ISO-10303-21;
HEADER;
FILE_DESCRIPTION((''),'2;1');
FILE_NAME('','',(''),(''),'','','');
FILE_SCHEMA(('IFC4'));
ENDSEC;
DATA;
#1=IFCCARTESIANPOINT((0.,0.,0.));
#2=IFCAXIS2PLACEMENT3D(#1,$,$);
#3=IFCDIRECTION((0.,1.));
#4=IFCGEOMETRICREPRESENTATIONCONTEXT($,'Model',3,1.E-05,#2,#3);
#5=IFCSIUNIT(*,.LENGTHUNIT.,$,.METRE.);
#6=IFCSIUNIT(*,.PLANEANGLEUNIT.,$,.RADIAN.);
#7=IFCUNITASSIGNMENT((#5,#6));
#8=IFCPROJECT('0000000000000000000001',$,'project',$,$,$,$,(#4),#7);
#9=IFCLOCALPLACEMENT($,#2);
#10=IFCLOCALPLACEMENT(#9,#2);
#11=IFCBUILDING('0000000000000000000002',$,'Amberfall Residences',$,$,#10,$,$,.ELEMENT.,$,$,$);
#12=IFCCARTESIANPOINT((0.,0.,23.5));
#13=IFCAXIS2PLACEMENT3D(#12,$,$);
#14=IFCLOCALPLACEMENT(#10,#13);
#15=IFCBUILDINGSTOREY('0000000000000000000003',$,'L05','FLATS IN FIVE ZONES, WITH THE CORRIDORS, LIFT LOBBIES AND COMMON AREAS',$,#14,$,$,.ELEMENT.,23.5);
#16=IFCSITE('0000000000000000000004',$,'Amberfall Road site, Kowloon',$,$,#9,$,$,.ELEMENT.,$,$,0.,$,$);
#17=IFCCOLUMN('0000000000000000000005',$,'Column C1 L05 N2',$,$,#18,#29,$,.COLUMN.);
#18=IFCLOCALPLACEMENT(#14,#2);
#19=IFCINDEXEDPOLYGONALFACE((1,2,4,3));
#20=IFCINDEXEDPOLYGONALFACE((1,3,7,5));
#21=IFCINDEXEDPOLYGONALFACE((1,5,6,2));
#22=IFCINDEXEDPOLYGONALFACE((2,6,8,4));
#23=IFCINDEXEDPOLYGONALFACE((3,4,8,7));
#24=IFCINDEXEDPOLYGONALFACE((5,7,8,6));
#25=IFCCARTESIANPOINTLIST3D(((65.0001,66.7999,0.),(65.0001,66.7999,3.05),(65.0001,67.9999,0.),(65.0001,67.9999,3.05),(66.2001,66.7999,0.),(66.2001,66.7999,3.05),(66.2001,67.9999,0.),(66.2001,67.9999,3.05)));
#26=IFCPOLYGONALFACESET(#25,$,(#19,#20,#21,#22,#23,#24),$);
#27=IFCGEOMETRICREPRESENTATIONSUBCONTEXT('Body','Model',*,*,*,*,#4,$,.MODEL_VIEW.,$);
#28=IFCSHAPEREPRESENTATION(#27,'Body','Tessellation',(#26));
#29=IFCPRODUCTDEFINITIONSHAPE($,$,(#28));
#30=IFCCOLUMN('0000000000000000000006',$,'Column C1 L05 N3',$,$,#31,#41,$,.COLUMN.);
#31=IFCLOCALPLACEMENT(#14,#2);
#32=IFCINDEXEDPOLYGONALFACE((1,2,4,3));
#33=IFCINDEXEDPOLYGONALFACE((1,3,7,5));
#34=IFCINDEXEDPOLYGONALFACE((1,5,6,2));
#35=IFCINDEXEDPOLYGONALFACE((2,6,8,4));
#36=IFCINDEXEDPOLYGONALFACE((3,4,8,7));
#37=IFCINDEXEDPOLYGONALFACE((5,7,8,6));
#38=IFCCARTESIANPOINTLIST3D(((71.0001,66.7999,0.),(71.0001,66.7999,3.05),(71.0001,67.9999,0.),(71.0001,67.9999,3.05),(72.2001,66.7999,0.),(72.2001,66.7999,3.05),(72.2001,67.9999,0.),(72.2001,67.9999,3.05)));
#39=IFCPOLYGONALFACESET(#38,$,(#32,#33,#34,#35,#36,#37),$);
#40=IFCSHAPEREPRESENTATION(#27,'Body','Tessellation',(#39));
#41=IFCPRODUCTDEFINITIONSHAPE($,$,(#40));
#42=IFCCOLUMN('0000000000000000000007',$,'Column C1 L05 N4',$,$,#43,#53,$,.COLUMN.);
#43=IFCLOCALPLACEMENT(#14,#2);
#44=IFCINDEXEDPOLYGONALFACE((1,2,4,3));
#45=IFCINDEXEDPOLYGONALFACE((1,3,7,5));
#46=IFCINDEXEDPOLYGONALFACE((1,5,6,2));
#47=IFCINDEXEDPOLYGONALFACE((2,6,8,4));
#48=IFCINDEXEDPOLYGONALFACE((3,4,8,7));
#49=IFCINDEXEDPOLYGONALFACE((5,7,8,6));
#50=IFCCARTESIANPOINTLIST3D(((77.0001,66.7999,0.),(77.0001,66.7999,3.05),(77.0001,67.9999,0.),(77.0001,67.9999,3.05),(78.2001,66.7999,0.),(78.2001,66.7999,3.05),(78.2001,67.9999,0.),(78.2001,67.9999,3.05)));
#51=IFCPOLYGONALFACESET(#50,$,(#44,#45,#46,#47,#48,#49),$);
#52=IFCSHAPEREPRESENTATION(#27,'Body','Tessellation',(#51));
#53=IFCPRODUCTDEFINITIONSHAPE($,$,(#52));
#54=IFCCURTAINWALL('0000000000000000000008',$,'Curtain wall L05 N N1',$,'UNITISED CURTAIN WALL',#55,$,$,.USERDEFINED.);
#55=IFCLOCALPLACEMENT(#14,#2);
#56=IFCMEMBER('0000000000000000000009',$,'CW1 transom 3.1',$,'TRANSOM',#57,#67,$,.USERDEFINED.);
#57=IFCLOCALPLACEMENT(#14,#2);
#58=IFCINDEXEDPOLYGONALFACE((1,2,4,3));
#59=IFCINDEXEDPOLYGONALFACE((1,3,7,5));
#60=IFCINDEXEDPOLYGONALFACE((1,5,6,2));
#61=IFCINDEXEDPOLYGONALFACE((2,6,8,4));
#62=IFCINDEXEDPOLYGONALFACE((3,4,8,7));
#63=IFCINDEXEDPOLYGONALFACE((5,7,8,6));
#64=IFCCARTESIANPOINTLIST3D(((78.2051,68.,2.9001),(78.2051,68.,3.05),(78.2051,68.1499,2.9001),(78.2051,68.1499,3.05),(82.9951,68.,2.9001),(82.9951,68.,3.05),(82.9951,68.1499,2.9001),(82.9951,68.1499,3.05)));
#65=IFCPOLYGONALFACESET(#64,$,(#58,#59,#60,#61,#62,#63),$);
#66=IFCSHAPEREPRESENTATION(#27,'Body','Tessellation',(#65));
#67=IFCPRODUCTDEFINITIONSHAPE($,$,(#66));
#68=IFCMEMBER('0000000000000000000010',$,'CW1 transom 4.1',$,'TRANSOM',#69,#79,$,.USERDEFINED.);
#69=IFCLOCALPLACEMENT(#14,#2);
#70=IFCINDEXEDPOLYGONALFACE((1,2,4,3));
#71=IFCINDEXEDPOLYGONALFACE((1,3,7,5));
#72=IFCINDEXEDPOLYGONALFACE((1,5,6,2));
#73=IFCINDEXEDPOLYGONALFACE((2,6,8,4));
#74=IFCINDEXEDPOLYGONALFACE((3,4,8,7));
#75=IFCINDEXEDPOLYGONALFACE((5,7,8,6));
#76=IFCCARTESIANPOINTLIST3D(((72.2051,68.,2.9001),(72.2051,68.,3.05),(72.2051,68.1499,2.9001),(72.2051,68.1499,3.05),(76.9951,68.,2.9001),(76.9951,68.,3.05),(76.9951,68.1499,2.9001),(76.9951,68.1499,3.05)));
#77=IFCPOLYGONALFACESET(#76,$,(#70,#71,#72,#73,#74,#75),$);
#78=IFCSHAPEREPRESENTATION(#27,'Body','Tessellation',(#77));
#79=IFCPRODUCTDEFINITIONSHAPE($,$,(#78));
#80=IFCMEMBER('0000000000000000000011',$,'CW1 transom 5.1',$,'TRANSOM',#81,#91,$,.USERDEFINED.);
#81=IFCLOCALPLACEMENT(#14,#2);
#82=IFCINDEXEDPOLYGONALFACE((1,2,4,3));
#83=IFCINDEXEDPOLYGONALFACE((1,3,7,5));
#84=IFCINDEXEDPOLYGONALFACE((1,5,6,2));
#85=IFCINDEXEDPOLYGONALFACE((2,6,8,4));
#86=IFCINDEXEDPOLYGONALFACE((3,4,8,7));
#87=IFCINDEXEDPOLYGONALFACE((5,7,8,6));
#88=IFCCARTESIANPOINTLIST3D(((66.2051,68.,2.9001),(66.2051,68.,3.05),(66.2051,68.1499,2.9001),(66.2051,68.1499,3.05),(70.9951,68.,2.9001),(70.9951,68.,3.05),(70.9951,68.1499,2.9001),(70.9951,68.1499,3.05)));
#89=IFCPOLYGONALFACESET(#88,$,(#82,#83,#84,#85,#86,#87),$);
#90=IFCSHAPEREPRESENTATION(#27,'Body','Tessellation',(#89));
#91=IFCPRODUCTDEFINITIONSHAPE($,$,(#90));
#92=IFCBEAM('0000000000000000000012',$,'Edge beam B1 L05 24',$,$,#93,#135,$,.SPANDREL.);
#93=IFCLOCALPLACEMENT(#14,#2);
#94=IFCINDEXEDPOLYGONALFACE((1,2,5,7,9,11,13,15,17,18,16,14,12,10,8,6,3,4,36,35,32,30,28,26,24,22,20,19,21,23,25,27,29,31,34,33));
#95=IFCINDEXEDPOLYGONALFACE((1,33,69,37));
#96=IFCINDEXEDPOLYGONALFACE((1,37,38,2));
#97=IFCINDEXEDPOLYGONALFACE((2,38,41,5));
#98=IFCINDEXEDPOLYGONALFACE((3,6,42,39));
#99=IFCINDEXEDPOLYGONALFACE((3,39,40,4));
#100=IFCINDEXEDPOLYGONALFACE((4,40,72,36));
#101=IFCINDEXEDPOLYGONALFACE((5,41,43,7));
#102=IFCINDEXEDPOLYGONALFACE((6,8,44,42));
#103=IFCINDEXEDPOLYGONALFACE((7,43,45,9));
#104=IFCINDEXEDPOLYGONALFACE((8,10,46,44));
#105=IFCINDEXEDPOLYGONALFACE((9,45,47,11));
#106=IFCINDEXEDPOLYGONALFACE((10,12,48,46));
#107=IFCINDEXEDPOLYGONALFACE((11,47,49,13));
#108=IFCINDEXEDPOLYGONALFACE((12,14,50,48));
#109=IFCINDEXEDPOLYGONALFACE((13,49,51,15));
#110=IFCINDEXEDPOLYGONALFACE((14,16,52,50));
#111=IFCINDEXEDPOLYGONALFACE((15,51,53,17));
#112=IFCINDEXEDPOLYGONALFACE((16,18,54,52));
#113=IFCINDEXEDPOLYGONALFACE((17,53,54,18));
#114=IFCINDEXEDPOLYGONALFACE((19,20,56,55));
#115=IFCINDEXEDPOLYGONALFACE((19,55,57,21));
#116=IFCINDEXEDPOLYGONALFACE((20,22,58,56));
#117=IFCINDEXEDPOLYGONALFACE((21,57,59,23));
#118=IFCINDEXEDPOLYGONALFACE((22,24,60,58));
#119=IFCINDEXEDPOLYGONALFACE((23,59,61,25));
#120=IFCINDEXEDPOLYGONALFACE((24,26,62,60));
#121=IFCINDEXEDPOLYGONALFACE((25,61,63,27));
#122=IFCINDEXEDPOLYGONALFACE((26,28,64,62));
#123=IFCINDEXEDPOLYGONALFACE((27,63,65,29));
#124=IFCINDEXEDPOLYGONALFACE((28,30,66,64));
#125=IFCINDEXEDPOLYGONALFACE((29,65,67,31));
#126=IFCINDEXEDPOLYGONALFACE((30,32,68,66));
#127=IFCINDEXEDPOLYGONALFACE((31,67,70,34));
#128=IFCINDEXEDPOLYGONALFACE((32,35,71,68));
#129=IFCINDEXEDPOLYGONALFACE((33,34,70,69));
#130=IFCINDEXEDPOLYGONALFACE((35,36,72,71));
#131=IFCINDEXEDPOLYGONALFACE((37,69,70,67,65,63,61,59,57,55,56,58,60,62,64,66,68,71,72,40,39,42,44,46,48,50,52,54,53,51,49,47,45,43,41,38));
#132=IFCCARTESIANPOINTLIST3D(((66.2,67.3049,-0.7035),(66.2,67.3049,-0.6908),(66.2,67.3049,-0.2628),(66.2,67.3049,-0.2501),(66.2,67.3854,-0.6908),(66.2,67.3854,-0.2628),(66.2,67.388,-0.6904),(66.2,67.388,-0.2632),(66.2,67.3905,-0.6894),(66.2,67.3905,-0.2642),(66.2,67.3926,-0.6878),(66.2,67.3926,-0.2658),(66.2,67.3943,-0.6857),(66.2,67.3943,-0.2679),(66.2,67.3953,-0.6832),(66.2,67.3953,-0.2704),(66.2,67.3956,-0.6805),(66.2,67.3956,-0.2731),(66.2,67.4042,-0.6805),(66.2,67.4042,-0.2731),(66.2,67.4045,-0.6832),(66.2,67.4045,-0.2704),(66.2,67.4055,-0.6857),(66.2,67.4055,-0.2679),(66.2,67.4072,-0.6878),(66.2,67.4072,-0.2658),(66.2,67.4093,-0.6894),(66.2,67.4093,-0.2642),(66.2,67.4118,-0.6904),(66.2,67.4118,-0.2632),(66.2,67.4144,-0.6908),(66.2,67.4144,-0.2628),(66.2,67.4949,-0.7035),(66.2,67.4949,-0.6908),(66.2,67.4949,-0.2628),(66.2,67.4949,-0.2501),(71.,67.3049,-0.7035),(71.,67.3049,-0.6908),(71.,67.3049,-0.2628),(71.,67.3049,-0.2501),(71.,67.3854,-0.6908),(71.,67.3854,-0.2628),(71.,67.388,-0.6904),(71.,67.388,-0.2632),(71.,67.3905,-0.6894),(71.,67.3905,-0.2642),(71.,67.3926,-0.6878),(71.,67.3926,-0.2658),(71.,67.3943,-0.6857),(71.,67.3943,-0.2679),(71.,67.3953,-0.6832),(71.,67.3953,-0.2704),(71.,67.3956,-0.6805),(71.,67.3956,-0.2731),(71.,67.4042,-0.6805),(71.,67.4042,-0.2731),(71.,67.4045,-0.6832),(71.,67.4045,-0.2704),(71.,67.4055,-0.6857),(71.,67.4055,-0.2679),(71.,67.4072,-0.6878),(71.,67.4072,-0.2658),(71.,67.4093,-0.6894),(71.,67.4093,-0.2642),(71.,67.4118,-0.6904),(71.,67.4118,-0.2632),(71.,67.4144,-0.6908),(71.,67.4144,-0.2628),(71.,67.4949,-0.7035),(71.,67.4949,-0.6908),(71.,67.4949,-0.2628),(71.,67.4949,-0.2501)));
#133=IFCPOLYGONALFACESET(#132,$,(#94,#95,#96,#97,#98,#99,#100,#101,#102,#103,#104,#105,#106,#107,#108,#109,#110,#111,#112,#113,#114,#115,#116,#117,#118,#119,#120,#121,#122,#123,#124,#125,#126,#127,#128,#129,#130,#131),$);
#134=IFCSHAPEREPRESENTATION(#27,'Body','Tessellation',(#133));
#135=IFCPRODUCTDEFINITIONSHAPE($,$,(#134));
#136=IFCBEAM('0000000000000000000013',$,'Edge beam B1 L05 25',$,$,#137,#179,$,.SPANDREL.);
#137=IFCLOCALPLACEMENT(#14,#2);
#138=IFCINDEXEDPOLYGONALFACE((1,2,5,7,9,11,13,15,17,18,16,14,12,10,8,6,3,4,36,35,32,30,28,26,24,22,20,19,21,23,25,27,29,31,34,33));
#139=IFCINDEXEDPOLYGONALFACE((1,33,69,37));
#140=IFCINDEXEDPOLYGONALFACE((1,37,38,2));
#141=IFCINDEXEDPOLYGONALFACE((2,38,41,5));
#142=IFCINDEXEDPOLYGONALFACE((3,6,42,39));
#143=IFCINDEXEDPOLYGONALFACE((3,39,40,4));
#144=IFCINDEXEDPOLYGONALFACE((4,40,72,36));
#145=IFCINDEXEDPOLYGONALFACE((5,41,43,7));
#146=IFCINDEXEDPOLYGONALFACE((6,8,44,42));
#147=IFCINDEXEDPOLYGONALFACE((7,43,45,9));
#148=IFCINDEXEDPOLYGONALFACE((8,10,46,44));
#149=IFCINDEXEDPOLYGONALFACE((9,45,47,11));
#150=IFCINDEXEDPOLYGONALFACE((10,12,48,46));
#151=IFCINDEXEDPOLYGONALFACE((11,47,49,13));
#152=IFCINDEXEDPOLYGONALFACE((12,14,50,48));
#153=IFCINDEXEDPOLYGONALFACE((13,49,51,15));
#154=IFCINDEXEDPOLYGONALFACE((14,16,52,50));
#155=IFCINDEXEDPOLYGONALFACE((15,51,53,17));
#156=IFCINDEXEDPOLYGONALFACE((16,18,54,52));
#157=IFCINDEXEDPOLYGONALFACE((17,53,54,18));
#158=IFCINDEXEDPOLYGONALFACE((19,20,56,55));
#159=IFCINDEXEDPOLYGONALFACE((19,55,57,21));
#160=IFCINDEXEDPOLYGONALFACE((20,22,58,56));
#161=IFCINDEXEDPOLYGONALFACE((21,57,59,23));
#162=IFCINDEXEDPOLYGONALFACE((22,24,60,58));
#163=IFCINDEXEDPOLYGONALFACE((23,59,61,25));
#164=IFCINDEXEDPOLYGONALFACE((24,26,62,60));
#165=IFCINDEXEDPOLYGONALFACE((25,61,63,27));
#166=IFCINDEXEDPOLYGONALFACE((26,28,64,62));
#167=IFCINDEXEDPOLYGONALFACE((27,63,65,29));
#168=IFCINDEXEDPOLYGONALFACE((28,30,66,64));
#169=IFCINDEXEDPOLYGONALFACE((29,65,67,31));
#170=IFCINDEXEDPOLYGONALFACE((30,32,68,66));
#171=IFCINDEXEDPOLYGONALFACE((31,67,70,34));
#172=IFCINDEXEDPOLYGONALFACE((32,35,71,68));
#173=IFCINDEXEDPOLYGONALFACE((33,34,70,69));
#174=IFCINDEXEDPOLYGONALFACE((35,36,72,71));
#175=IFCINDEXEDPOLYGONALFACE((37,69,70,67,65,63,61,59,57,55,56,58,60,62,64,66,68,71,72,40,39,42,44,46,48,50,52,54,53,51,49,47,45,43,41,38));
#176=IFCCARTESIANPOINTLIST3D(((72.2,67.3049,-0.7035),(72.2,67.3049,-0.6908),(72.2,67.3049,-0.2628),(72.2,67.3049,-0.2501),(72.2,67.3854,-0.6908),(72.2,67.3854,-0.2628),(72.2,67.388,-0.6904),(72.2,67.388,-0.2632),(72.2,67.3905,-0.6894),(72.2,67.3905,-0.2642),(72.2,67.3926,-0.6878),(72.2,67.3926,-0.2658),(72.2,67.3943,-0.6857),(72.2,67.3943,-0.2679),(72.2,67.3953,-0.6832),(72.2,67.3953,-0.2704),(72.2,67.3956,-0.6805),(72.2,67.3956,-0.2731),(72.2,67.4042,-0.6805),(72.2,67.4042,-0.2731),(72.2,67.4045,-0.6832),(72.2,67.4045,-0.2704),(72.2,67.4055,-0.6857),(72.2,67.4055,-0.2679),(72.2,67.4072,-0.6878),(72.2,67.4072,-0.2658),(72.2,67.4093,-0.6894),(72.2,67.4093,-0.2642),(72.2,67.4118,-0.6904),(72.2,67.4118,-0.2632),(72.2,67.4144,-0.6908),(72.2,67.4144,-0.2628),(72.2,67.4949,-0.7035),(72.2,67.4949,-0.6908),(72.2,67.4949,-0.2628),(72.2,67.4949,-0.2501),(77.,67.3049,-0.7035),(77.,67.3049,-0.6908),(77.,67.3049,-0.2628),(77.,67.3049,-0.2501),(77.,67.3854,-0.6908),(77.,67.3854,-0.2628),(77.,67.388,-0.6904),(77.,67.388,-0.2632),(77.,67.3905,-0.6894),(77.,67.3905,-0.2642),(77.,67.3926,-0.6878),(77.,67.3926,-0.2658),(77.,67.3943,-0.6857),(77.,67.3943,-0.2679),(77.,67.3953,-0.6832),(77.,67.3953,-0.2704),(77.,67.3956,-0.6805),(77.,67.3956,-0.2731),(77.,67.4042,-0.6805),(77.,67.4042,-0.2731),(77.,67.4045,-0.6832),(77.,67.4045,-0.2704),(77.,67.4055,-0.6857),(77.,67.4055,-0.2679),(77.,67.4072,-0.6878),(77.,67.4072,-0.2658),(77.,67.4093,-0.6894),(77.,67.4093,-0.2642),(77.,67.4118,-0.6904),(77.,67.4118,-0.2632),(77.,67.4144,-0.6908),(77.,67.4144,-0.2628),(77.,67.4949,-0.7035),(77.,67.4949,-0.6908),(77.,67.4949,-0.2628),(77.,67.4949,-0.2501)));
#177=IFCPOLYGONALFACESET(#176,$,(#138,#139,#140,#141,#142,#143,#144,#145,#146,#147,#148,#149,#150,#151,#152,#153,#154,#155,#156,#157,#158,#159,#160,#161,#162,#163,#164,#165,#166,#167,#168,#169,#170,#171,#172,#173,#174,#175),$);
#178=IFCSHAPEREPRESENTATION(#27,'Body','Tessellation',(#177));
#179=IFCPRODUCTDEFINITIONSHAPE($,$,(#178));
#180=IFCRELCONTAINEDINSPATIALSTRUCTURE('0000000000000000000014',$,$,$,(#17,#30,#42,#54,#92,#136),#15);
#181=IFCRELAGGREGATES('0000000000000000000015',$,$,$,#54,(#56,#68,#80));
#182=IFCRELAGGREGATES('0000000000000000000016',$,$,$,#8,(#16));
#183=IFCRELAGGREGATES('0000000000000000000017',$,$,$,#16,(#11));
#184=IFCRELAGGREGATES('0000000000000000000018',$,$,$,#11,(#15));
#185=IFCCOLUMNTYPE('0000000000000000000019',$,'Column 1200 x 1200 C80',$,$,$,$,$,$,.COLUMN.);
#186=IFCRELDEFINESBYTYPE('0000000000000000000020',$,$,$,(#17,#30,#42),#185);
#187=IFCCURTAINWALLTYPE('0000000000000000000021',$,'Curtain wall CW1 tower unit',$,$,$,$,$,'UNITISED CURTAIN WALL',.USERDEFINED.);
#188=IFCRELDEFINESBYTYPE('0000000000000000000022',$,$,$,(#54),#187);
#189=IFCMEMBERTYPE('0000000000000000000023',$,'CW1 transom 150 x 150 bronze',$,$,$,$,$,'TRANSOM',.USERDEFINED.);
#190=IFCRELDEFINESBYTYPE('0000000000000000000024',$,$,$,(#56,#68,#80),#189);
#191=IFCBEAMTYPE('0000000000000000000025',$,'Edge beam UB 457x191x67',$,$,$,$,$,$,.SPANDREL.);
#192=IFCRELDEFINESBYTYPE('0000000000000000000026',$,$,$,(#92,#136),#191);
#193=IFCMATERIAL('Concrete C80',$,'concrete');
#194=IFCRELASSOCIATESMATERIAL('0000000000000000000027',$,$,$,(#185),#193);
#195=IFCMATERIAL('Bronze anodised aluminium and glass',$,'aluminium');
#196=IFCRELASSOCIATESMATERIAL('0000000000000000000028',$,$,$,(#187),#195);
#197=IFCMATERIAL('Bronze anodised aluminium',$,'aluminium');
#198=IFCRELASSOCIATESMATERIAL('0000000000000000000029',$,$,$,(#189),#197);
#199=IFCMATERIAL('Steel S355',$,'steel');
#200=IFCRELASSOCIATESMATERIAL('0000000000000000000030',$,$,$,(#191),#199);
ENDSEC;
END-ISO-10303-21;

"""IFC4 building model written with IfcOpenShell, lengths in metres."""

from ifc_helpers import new_model, si_unit, direction, frame, origin, origin_2d, place, context, subcontext, project, spatial, rectangle, i_section, extrude, material, material_profile, profile_set, type_object, element, aggregate, save


model = new_model("IFC4")

# Units and contexts
model_context = context("Model", 3, precision=1e-05, world=origin(), true_north=direction((0.0, 1.0)))
body_context = subcontext(model_context, "Body", "Model", "MODEL_VIEW")
ifc_project = project(units=[si_unit("LENGTHUNIT", "METRE"), si_unit("PLANEANGLEUNIT", "RADIAN")], contexts=[model_context])

# Site, building, storey
site_placement = place(None, origin())
site = spatial("IfcSite", under=ifc_project, at=site_placement, Name="Amberfall Road site, Kowloon", CompositionType="ELEMENT", RefElevation=0.0)
building_placement = place(site_placement, origin())
building = spatial("IfcBuilding", under=site, at=building_placement, Name="Amberfall Residences", CompositionType="ELEMENT")
storey_placement = place(building_placement, frame((0.0, 0.0, 23.5)))
storey = spatial("IfcBuildingStorey", under=building, at=storey_placement, Name="L05", Description="FLATS IN FIVE ZONES, WITH THE CORRIDORS, LIFT LOBBIES AND COMMON AREAS", CompositionType="ELEMENT", Elevation=23.5)

# Columns
ifc_material_1 = material(Name="Concrete C80", Category="concrete")
ifc_material_profile_1 = material_profile(ifc_material_1, rectangle(XDim=1.2, YDim=1.2, at=origin_2d()), Name="Column 1200 x 1200 C80")
ifc_profile_set_1 = profile_set([ifc_material_profile_1], Name="Concrete C80")
column_type = type_object("IfcColumnType", Name="Column 1200 x 1200 C80", PredefinedType="COLUMN", material=ifc_profile_set_1)
for number, where, z_axis, x_axis, name in (
    (1, (65.6001, 67.3999, 0.0), (0.0, 0.0, 1.0), (1.0, 0.0, 0.0), "Column C1 L05 N2"),
    (2, (71.6001, 67.3999, 0.0), (0.0, 0.0, 1.0), (1.0, 0.0, 0.0), "Column C1 L05 N3"),
    (3, (77.6001, 67.3999, 0.0), (0.0, 0.0, 1.0), (1.0, 0.0, 0.0), "Column C1 L05 N4"),
):
    element("IfcColumn", number, at=place(storey_placement, frame(where, z_axis=z_axis, x_axis=x_axis)), inside=storey, type_object=column_type, Name=name, PredefinedType="COLUMN", context=body_context, shape_type="SweptSolid", body=[
        extrude(rectangle(XDim=1.2, YDim=1.2, at=origin_2d()), origin(), (0.0, 0.0, 1.0), 3.05),
    ])

# Curtain wall, members
ifc_material_2 = material(Name="Bronze anodised aluminium and glass", Category="aluminium")
curtain_wall_type = type_object("IfcCurtainWallType", Name="Curtain wall CW1 tower unit", ElementType="UNITISED CURTAIN WALL", PredefinedType="USERDEFINED", material=ifc_material_2)
curtain_wall_placement = place(storey_placement, origin())
curtain_wall = element("IfcCurtainWall", 4, at=curtain_wall_placement, inside=storey, type_object=curtain_wall_type, Name="Curtain wall L05 N N1", ObjectType="UNITISED CURTAIN WALL", PredefinedType="USERDEFINED")
ifc_material_3 = material(Name="Bronze anodised aluminium", Category="aluminium")
ifc_material_profile_2 = material_profile(ifc_material_3, rectangle(XDim=0.1499, YDim=0.1499, at=origin_2d()), Name="CW1 transom 150 x 150 bronze")
ifc_profile_set_2 = profile_set([ifc_material_profile_2], Name="Bronze anodised aluminium")
member_type_1 = type_object("IfcMemberType", Name="CW1 transom 150 x 150 bronze", ElementType="TRANSOM", PredefinedType="USERDEFINED", material=ifc_profile_set_2)
member_1_placement = place(storey_placement, frame((82.9951, 68.075, 2.9751), z_axis=(-1.0, 0.0, 0.0), x_axis=(0.0, -1.0, 0.0)))
member_1 = element("IfcMember", 5, at=member_1_placement, type_object=member_type_1, Name="CW1 transom 3.1", ObjectType="TRANSOM", PredefinedType="USERDEFINED", context=body_context, shape_type="SweptSolid", body=[
    extrude(rectangle(XDim=0.1499, YDim=0.1499, at=origin_2d()), origin(), (0.0, 0.0, 1.0), 4.79),
])
member_2_placement = place(storey_placement, frame((76.9951, 68.075, 2.9751), z_axis=(-1.0, 0.0, 0.0), x_axis=(0.0, -1.0, 0.0)))
member_2 = element("IfcMember", 6, at=member_2_placement, type_object=member_type_1, Name="CW1 transom 4.1", ObjectType="TRANSOM", PredefinedType="USERDEFINED", context=body_context, shape_type="SweptSolid", body=[
    extrude(rectangle(XDim=0.1499, YDim=0.1499, at=origin_2d()), origin(), (0.0, 0.0, 1.0), 4.79),
])
member_3_placement = place(storey_placement, frame((70.9951, 68.075, 2.9751), z_axis=(-1.0, 0.0, 0.0), x_axis=(0.0, -1.0, 0.0)))
member_3 = element("IfcMember", 7, at=member_3_placement, type_object=member_type_1, Name="CW1 transom 5.1", ObjectType="TRANSOM", PredefinedType="USERDEFINED", context=body_context, shape_type="SweptSolid", body=[
    extrude(rectangle(XDim=0.1499, YDim=0.1499, at=origin_2d()), origin(), (0.0, 0.0, 1.0), 4.79),
])

# Beams
ifc_material_4 = material(Name="Steel S355", Category="steel")
ifc_material_profile_3 = material_profile(ifc_material_4, i_section(OverallWidth=0.1899, OverallDepth=0.4534, WebThickness=0.0085, FlangeThickness=0.0127, FilletRadius=0.0103, at=origin_2d()), Name="UB 457x191x67")
ifc_profile_set_3 = profile_set([ifc_material_profile_3], Name="Steel S355")
beam_type_1 = type_object("IfcBeamType", Name="Edge beam UB 457x191x67", PredefinedType="SPANDREL", material=ifc_profile_set_3)
for number, where, z_axis, x_axis, name in (
    (8, (66.2, 67.3999, -0.4768), (1.0, 0.0, 0.0), (0.0, 1.0, 0.0), "Edge beam B1 L05 24"),
    (9, (72.2, 67.3999, -0.4768), (1.0, 0.0, 0.0), (0.0, 1.0, 0.0), "Edge beam B1 L05 25"),
):
    element("IfcBeam", number, at=place(storey_placement, frame(where, z_axis=z_axis, x_axis=x_axis)), inside=storey, type_object=beam_type_1, Name=name, PredefinedType="SPANDREL", context=body_context, shape_type="SweptSolid", body=[
        extrude(i_section(OverallWidth=0.1899, OverallDepth=0.4534, WebThickness=0.0085, FlangeThickness=0.0127, FilletRadius=0.0103, at=origin_2d()), origin(), (0.0, 0.0, 1.0), 4.8),
    ])

aggregate(curtain_wall, [member_1, member_2, member_3])

save(model, "model.ifc")
